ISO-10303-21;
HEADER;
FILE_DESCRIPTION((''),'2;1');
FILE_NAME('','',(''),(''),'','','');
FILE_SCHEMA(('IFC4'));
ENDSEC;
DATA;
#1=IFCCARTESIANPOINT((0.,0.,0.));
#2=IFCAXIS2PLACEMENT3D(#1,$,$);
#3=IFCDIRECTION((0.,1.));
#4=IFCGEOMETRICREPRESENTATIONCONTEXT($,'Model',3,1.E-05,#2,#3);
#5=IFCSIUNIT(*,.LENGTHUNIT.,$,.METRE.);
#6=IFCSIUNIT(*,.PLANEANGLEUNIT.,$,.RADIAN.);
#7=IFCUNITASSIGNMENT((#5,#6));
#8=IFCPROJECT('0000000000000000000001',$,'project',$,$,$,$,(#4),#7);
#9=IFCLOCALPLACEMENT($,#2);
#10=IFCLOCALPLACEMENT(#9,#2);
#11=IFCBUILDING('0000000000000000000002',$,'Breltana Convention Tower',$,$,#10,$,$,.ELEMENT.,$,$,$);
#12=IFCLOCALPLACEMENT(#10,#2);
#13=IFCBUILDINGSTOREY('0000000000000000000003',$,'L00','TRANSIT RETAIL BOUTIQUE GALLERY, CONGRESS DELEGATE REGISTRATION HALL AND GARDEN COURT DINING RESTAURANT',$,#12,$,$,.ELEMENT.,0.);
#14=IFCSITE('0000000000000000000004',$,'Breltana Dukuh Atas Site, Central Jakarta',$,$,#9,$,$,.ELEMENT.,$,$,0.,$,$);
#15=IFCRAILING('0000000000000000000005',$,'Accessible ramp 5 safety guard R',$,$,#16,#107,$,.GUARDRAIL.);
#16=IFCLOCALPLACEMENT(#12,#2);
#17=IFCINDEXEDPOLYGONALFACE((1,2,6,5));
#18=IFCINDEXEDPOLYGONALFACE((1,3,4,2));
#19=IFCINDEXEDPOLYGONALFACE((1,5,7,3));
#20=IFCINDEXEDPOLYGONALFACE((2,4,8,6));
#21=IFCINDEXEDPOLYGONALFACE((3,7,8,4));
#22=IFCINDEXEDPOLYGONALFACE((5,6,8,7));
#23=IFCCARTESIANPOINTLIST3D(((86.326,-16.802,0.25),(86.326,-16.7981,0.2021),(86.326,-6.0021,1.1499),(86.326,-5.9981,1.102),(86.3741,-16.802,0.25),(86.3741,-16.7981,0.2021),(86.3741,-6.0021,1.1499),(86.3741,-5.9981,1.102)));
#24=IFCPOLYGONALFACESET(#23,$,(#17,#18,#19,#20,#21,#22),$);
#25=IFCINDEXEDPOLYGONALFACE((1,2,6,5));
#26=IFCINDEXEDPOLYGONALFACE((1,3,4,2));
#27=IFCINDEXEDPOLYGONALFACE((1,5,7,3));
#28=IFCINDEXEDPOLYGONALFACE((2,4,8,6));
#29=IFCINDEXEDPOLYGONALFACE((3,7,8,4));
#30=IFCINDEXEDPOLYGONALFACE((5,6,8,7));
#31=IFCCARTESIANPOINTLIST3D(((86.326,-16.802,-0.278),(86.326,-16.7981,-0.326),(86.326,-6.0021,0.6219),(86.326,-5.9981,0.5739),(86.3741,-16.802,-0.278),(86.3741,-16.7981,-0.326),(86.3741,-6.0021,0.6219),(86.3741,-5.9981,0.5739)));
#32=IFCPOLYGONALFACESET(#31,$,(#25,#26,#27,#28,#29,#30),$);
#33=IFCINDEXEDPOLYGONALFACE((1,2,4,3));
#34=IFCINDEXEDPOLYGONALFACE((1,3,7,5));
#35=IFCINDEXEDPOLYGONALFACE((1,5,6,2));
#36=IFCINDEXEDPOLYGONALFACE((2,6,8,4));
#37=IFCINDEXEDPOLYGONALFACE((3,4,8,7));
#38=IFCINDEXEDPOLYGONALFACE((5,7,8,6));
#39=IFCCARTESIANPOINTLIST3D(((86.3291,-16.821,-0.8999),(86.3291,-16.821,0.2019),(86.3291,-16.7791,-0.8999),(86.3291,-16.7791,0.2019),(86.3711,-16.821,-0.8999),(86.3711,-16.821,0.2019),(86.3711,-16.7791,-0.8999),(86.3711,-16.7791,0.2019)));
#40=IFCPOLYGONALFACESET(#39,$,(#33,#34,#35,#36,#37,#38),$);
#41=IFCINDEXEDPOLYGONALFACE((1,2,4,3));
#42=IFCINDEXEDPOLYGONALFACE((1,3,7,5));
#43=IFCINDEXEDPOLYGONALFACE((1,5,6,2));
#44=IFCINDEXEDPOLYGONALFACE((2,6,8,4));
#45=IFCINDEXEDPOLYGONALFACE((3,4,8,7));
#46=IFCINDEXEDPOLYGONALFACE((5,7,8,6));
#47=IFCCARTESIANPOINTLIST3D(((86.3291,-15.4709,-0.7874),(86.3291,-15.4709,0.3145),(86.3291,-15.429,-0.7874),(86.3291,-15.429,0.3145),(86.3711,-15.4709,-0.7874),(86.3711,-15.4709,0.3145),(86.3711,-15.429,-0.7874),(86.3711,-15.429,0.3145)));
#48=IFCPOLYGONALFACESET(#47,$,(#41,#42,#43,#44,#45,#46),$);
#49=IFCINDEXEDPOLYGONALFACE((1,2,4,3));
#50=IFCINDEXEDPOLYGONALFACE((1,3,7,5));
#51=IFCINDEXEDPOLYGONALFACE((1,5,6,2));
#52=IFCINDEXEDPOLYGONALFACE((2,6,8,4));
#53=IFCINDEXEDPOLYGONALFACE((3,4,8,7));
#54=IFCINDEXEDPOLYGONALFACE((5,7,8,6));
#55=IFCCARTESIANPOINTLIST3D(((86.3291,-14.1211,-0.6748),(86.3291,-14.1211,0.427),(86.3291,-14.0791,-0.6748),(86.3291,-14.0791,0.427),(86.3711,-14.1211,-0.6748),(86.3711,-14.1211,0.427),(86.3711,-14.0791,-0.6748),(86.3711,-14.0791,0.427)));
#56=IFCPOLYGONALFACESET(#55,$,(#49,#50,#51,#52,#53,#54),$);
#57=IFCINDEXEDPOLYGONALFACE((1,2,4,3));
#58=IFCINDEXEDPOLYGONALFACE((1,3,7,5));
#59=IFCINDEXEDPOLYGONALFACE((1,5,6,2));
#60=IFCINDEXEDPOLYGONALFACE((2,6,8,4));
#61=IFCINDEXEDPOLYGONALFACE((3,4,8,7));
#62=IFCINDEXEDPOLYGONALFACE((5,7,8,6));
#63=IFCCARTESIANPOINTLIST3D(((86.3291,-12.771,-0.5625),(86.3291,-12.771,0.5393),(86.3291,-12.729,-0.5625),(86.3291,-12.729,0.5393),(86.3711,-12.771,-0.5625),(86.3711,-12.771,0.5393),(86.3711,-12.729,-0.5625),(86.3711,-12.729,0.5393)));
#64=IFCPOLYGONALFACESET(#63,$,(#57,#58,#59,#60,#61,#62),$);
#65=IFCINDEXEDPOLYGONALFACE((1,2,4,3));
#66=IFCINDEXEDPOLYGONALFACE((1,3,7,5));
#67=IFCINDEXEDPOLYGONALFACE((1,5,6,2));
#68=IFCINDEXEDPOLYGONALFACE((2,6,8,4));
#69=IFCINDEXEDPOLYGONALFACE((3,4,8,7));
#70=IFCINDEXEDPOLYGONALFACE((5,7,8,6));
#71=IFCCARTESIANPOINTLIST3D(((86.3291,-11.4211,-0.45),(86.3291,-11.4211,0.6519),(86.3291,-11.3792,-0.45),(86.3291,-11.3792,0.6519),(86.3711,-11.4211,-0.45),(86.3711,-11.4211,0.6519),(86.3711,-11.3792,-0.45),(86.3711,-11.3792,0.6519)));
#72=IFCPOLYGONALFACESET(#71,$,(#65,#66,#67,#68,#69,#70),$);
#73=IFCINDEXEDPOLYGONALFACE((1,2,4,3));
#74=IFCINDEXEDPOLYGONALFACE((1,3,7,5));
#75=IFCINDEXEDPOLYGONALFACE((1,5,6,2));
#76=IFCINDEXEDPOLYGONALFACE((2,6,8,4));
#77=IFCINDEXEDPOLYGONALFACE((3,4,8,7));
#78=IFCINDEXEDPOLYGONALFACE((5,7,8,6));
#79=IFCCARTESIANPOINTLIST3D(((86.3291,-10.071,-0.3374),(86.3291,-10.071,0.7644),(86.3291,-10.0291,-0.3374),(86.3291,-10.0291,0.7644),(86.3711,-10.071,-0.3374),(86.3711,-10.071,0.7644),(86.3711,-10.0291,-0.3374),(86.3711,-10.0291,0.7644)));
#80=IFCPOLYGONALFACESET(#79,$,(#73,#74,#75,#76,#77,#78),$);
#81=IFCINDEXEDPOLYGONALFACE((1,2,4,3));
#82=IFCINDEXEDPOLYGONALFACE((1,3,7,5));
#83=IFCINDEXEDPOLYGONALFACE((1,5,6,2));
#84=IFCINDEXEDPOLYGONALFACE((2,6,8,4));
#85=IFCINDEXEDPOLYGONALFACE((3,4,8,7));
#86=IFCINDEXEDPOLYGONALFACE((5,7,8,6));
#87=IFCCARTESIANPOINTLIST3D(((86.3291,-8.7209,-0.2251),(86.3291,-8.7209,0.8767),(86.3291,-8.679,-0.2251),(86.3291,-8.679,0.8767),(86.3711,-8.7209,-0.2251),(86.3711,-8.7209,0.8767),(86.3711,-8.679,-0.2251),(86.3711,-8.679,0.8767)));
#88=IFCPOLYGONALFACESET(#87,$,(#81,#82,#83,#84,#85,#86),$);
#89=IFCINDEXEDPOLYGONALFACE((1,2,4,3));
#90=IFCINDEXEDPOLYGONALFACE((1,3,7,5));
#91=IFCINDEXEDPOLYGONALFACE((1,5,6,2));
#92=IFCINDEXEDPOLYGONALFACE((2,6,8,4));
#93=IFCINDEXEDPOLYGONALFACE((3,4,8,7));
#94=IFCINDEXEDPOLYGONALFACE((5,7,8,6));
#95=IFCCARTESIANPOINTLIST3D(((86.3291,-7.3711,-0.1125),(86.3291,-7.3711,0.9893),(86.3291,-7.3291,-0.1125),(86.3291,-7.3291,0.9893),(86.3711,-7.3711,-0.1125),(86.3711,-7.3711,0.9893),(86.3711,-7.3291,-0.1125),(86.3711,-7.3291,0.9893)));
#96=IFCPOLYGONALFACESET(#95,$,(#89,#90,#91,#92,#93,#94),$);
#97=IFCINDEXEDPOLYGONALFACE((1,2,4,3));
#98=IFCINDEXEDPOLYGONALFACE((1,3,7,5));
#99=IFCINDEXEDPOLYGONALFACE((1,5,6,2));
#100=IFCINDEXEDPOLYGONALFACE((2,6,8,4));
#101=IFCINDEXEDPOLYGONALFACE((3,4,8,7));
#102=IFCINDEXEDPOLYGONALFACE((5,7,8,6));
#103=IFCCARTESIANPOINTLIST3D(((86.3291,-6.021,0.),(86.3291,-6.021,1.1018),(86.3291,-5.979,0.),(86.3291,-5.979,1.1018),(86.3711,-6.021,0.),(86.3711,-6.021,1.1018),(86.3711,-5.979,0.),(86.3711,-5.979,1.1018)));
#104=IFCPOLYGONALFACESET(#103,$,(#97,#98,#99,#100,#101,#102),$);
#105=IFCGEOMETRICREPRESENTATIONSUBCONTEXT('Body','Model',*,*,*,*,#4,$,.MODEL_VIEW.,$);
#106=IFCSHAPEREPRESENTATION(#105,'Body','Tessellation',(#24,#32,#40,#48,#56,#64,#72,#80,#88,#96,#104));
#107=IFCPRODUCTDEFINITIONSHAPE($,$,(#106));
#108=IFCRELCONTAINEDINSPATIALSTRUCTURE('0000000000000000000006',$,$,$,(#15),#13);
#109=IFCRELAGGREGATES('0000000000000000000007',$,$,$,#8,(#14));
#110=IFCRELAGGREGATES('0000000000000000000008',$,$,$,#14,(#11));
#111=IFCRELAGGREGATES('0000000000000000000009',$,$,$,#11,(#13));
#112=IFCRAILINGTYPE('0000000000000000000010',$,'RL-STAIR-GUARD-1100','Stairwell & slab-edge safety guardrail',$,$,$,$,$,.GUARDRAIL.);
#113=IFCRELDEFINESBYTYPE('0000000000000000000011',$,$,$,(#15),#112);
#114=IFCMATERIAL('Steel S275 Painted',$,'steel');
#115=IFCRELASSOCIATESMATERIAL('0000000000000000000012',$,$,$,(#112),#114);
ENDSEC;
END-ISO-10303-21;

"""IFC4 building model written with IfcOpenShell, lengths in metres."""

from ifc_helpers import new_model, si_unit, direction, frame, origin, origin_2d, place, context, subcontext, project, spatial, rectangle, extrude, material, type_object, element, save


model = new_model("IFC4")

# Units and contexts
model_context = context("Model", 3, precision=1e-05, world=origin(), true_north=direction((0.0, 1.0)))
body_context = subcontext(model_context, "Body", "Model", "MODEL_VIEW")
ifc_project = project(units=[si_unit("LENGTHUNIT", "METRE"), si_unit("PLANEANGLEUNIT", "RADIAN")], contexts=[model_context])

# Site, building, storey
site_placement = place(None, origin())
site = spatial("IfcSite", under=ifc_project, at=site_placement, Name="Breltana Dukuh Atas Site, Central Jakarta", CompositionType="ELEMENT", RefElevation=0.0)
building_placement = place(site_placement, origin())
building = spatial("IfcBuilding", under=site, at=building_placement, Name="Breltana Convention Tower", CompositionType="ELEMENT")
storey_placement = place(building_placement, origin())
storey = spatial("IfcBuildingStorey", under=building, at=storey_placement, Name="L00", Description="TRANSIT RETAIL BOUTIQUE GALLERY, CONGRESS DELEGATE REGISTRATION HALL AND GARDEN COURT DINING RESTAURANT", CompositionType="ELEMENT", Elevation=0.0)

# Railing
ifc_material_1 = material(Name="Steel S275 Painted", Category="steel")
railing_type = type_object("IfcRailingType", Name="RL-STAIR-GUARD-1100", Description="Stairwell & slab-edge safety guardrail", PredefinedType="GUARDRAIL", material=ifc_material_1)
railing_1_placement = place(storey_placement, frame((86.3501, -16.8, -0.8999)))
element("IfcRailing", 1, at=railing_1_placement, inside=storey, type_object=railing_type, Name="Accessible ramp 5 safety guard R", PredefinedType="GUARDRAIL", context=body_context, shape_type="SweptSolid", body=[
    extrude(rectangle(XDim=0.0481, YDim=0.0481, at=origin_2d()), frame((0.0, 0.0, 1.126), z_axis=(0.0, 0.996547, 0.083036), x_axis=(-1.0, 0.0, 0.0)), (0.0, 0.0, 1.0), 10.8374),
    extrude(rectangle(XDim=0.0481, YDim=0.0481, at=origin_2d()), frame((0.0, 0.0, 0.5979), z_axis=(0.0, 0.996547, 0.083036), x_axis=(-1.0, 0.0, 0.0)), (0.0, 0.0, 1.0), 10.8374),
    extrude(rectangle(XDim=0.042, YDim=0.042, at=origin_2d()), origin(), (0.0, 0.0, 1.0), 1.1018),
    extrude(rectangle(XDim=0.042, YDim=0.042, at=origin_2d()), frame((0.0, 1.3501, 0.1125)), (0.0, 0.0, 1.0), 1.1018),
    extrude(rectangle(XDim=0.042, YDim=0.042, at=origin_2d()), frame((0.0, 2.7, 0.2251)), (0.0, 0.0, 1.0), 1.1018),
    extrude(rectangle(XDim=0.042, YDim=0.042, at=origin_2d()), frame((0.0, 4.05, 0.3374)), (0.0, 0.0, 1.0), 1.1018),
    extrude(rectangle(XDim=0.042, YDim=0.042, at=origin_2d()), frame((0.0, 5.3999, 0.45)), (0.0, 0.0, 1.0), 1.1018),
    extrude(rectangle(XDim=0.042, YDim=0.042, at=origin_2d()), frame((0.0, 6.75, 0.5625)), (0.0, 0.0, 1.0), 1.1018),
    extrude(rectangle(XDim=0.042, YDim=0.042, at=origin_2d()), frame((0.0, 8.1001, 0.6748)), (0.0, 0.0, 1.0), 1.1018),
    extrude(rectangle(XDim=0.042, YDim=0.042, at=origin_2d()), frame((0.0, 9.45, 0.7874)), (0.0, 0.0, 1.0), 1.1018),
    extrude(rectangle(XDim=0.042, YDim=0.042, at=origin_2d()), frame((0.0, 10.8, 0.8999)), (0.0, 0.0, 1.0), 1.1018),
])

save(model, "model.ifc")
